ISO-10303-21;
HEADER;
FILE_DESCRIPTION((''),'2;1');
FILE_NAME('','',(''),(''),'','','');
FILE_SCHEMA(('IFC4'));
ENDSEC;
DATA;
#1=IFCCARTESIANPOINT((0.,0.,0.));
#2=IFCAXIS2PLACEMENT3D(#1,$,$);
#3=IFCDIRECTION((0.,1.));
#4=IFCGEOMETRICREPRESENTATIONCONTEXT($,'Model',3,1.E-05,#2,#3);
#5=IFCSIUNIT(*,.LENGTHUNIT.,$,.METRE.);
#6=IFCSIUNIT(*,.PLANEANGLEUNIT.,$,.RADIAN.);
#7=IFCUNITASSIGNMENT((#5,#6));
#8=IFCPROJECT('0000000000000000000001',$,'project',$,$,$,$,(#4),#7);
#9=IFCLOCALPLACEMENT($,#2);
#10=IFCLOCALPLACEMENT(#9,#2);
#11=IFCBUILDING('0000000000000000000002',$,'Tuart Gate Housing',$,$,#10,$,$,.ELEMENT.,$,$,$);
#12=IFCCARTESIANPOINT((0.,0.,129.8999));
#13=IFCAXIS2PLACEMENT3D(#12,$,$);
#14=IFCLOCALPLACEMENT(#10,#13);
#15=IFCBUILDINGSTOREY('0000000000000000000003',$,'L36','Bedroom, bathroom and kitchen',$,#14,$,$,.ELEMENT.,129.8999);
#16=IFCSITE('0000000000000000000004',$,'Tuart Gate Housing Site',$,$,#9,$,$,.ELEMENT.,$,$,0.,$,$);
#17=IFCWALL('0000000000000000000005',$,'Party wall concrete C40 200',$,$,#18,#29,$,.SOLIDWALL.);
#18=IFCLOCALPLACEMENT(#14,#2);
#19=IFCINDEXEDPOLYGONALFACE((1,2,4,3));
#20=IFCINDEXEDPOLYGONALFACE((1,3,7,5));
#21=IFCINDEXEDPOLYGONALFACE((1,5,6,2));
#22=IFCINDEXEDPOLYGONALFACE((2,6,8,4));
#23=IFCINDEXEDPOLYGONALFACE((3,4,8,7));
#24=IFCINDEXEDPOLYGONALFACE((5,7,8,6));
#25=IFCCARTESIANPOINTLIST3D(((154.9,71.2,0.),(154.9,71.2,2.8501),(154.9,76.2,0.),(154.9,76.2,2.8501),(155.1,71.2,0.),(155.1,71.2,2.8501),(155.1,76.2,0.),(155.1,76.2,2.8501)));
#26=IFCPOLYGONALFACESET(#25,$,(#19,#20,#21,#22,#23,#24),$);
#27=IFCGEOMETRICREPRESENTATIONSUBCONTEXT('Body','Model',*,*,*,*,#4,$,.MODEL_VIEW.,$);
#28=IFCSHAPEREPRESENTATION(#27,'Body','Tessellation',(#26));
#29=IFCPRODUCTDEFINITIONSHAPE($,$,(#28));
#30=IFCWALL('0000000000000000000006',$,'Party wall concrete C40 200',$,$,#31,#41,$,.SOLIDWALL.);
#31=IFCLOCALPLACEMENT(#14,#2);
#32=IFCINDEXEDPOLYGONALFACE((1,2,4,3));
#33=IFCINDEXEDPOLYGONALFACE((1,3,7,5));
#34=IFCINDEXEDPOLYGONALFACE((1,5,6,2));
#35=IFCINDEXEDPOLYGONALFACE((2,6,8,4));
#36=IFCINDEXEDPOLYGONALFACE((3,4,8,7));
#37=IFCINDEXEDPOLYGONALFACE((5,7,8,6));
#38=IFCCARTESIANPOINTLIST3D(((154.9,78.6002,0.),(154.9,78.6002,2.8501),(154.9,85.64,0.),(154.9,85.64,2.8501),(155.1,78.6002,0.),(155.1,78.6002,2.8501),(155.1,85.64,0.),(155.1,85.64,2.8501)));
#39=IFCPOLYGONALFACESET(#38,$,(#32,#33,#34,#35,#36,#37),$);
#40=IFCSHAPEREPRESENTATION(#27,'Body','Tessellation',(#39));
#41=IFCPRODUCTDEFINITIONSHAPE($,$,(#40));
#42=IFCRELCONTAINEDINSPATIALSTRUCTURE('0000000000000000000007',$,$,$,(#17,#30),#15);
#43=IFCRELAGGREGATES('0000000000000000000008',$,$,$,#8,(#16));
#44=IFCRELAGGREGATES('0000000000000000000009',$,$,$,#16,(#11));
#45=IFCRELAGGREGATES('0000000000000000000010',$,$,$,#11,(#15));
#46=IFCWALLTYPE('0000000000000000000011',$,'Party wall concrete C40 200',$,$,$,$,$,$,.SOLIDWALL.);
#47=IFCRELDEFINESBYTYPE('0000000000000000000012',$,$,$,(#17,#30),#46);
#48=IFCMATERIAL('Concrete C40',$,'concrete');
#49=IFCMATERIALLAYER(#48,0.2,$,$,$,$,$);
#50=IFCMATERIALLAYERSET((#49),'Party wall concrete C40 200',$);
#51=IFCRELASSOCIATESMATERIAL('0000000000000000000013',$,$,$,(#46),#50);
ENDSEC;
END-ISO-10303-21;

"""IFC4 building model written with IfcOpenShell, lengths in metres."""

from ifc_helpers import new_model, si_unit, direction, frame, frame_2d, origin, place, context, subcontext, project, spatial, rectangle, extrude, material, layer, layer_set, type_object, element, save


model = new_model("IFC4")

# Units and contexts
model_context = context("Model", 3, precision=1e-05, world=origin(), true_north=direction((0.0, 1.0)))
body_context = subcontext(model_context, "Body", "Model", "MODEL_VIEW")
ifc_project = project(units=[si_unit("LENGTHUNIT", "METRE"), si_unit("PLANEANGLEUNIT", "RADIAN")], contexts=[model_context])

# Site, building, storey
site_placement = place(None, origin())
site = spatial("IfcSite", under=ifc_project, at=site_placement, Name="Tuart Gate Housing Site", CompositionType="ELEMENT", RefElevation=0.0)
building_placement = place(site_placement, origin())
building = spatial("IfcBuilding", under=site, at=building_placement, Name="Tuart Gate Housing", CompositionType="ELEMENT")
storey_placement = place(building_placement, frame((0.0, 0.0, 129.8999)))
storey = spatial("IfcBuildingStorey", under=building, at=storey_placement, Name="L36", Description="Bedroom, bathroom and kitchen", CompositionType="ELEMENT", Elevation=129.8999)

# Walls
ifc_material_1 = material(Name="Concrete C40", Category="concrete")
ifc_layer_1 = layer(ifc_material_1, 0.2)
ifc_layer_set_1 = layer_set([ifc_layer_1], Name="Party wall concrete C40 200")
wall_type_1 = type_object("IfcWallType", Name="Party wall concrete C40 200", PredefinedType="SOLIDWALL", material=ifc_layer_set_1)
wall_1_placement = place(storey_placement, frame((155.0, 71.2, 0.0), z_axis=(0.0, 0.0, 1.0), x_axis=(0.0, 1.0, 0.0)))
element("IfcWall", 1, at=wall_1_placement, inside=storey, type_object=wall_type_1, Name="Party wall concrete C40 200", PredefinedType="SOLIDWALL", context=body_context, shape_type="SweptSolid", body=[
    extrude(rectangle(XDim=5.0, YDim=0.2, at=frame_2d((2.5, 0.0))), origin(), (0.0, 0.0, 1.0), 2.8501),
])
wall_2_placement = place(storey_placement, frame((155.0, 78.6001, 0.0), z_axis=(0.0, 0.0, 1.0), x_axis=(0.0, 1.0, 0.0)))
element("IfcWall", 2, at=wall_2_placement, inside=storey, type_object=wall_type_1, Name="Party wall concrete C40 200", PredefinedType="SOLIDWALL", context=body_context, shape_type="SweptSolid", body=[
    extrude(rectangle(XDim=7.0398, YDim=0.2, at=frame_2d((3.52, 0.0))), origin(), (0.0, 0.0, 1.0), 2.8501),
])

save(model, "model.ifc")
